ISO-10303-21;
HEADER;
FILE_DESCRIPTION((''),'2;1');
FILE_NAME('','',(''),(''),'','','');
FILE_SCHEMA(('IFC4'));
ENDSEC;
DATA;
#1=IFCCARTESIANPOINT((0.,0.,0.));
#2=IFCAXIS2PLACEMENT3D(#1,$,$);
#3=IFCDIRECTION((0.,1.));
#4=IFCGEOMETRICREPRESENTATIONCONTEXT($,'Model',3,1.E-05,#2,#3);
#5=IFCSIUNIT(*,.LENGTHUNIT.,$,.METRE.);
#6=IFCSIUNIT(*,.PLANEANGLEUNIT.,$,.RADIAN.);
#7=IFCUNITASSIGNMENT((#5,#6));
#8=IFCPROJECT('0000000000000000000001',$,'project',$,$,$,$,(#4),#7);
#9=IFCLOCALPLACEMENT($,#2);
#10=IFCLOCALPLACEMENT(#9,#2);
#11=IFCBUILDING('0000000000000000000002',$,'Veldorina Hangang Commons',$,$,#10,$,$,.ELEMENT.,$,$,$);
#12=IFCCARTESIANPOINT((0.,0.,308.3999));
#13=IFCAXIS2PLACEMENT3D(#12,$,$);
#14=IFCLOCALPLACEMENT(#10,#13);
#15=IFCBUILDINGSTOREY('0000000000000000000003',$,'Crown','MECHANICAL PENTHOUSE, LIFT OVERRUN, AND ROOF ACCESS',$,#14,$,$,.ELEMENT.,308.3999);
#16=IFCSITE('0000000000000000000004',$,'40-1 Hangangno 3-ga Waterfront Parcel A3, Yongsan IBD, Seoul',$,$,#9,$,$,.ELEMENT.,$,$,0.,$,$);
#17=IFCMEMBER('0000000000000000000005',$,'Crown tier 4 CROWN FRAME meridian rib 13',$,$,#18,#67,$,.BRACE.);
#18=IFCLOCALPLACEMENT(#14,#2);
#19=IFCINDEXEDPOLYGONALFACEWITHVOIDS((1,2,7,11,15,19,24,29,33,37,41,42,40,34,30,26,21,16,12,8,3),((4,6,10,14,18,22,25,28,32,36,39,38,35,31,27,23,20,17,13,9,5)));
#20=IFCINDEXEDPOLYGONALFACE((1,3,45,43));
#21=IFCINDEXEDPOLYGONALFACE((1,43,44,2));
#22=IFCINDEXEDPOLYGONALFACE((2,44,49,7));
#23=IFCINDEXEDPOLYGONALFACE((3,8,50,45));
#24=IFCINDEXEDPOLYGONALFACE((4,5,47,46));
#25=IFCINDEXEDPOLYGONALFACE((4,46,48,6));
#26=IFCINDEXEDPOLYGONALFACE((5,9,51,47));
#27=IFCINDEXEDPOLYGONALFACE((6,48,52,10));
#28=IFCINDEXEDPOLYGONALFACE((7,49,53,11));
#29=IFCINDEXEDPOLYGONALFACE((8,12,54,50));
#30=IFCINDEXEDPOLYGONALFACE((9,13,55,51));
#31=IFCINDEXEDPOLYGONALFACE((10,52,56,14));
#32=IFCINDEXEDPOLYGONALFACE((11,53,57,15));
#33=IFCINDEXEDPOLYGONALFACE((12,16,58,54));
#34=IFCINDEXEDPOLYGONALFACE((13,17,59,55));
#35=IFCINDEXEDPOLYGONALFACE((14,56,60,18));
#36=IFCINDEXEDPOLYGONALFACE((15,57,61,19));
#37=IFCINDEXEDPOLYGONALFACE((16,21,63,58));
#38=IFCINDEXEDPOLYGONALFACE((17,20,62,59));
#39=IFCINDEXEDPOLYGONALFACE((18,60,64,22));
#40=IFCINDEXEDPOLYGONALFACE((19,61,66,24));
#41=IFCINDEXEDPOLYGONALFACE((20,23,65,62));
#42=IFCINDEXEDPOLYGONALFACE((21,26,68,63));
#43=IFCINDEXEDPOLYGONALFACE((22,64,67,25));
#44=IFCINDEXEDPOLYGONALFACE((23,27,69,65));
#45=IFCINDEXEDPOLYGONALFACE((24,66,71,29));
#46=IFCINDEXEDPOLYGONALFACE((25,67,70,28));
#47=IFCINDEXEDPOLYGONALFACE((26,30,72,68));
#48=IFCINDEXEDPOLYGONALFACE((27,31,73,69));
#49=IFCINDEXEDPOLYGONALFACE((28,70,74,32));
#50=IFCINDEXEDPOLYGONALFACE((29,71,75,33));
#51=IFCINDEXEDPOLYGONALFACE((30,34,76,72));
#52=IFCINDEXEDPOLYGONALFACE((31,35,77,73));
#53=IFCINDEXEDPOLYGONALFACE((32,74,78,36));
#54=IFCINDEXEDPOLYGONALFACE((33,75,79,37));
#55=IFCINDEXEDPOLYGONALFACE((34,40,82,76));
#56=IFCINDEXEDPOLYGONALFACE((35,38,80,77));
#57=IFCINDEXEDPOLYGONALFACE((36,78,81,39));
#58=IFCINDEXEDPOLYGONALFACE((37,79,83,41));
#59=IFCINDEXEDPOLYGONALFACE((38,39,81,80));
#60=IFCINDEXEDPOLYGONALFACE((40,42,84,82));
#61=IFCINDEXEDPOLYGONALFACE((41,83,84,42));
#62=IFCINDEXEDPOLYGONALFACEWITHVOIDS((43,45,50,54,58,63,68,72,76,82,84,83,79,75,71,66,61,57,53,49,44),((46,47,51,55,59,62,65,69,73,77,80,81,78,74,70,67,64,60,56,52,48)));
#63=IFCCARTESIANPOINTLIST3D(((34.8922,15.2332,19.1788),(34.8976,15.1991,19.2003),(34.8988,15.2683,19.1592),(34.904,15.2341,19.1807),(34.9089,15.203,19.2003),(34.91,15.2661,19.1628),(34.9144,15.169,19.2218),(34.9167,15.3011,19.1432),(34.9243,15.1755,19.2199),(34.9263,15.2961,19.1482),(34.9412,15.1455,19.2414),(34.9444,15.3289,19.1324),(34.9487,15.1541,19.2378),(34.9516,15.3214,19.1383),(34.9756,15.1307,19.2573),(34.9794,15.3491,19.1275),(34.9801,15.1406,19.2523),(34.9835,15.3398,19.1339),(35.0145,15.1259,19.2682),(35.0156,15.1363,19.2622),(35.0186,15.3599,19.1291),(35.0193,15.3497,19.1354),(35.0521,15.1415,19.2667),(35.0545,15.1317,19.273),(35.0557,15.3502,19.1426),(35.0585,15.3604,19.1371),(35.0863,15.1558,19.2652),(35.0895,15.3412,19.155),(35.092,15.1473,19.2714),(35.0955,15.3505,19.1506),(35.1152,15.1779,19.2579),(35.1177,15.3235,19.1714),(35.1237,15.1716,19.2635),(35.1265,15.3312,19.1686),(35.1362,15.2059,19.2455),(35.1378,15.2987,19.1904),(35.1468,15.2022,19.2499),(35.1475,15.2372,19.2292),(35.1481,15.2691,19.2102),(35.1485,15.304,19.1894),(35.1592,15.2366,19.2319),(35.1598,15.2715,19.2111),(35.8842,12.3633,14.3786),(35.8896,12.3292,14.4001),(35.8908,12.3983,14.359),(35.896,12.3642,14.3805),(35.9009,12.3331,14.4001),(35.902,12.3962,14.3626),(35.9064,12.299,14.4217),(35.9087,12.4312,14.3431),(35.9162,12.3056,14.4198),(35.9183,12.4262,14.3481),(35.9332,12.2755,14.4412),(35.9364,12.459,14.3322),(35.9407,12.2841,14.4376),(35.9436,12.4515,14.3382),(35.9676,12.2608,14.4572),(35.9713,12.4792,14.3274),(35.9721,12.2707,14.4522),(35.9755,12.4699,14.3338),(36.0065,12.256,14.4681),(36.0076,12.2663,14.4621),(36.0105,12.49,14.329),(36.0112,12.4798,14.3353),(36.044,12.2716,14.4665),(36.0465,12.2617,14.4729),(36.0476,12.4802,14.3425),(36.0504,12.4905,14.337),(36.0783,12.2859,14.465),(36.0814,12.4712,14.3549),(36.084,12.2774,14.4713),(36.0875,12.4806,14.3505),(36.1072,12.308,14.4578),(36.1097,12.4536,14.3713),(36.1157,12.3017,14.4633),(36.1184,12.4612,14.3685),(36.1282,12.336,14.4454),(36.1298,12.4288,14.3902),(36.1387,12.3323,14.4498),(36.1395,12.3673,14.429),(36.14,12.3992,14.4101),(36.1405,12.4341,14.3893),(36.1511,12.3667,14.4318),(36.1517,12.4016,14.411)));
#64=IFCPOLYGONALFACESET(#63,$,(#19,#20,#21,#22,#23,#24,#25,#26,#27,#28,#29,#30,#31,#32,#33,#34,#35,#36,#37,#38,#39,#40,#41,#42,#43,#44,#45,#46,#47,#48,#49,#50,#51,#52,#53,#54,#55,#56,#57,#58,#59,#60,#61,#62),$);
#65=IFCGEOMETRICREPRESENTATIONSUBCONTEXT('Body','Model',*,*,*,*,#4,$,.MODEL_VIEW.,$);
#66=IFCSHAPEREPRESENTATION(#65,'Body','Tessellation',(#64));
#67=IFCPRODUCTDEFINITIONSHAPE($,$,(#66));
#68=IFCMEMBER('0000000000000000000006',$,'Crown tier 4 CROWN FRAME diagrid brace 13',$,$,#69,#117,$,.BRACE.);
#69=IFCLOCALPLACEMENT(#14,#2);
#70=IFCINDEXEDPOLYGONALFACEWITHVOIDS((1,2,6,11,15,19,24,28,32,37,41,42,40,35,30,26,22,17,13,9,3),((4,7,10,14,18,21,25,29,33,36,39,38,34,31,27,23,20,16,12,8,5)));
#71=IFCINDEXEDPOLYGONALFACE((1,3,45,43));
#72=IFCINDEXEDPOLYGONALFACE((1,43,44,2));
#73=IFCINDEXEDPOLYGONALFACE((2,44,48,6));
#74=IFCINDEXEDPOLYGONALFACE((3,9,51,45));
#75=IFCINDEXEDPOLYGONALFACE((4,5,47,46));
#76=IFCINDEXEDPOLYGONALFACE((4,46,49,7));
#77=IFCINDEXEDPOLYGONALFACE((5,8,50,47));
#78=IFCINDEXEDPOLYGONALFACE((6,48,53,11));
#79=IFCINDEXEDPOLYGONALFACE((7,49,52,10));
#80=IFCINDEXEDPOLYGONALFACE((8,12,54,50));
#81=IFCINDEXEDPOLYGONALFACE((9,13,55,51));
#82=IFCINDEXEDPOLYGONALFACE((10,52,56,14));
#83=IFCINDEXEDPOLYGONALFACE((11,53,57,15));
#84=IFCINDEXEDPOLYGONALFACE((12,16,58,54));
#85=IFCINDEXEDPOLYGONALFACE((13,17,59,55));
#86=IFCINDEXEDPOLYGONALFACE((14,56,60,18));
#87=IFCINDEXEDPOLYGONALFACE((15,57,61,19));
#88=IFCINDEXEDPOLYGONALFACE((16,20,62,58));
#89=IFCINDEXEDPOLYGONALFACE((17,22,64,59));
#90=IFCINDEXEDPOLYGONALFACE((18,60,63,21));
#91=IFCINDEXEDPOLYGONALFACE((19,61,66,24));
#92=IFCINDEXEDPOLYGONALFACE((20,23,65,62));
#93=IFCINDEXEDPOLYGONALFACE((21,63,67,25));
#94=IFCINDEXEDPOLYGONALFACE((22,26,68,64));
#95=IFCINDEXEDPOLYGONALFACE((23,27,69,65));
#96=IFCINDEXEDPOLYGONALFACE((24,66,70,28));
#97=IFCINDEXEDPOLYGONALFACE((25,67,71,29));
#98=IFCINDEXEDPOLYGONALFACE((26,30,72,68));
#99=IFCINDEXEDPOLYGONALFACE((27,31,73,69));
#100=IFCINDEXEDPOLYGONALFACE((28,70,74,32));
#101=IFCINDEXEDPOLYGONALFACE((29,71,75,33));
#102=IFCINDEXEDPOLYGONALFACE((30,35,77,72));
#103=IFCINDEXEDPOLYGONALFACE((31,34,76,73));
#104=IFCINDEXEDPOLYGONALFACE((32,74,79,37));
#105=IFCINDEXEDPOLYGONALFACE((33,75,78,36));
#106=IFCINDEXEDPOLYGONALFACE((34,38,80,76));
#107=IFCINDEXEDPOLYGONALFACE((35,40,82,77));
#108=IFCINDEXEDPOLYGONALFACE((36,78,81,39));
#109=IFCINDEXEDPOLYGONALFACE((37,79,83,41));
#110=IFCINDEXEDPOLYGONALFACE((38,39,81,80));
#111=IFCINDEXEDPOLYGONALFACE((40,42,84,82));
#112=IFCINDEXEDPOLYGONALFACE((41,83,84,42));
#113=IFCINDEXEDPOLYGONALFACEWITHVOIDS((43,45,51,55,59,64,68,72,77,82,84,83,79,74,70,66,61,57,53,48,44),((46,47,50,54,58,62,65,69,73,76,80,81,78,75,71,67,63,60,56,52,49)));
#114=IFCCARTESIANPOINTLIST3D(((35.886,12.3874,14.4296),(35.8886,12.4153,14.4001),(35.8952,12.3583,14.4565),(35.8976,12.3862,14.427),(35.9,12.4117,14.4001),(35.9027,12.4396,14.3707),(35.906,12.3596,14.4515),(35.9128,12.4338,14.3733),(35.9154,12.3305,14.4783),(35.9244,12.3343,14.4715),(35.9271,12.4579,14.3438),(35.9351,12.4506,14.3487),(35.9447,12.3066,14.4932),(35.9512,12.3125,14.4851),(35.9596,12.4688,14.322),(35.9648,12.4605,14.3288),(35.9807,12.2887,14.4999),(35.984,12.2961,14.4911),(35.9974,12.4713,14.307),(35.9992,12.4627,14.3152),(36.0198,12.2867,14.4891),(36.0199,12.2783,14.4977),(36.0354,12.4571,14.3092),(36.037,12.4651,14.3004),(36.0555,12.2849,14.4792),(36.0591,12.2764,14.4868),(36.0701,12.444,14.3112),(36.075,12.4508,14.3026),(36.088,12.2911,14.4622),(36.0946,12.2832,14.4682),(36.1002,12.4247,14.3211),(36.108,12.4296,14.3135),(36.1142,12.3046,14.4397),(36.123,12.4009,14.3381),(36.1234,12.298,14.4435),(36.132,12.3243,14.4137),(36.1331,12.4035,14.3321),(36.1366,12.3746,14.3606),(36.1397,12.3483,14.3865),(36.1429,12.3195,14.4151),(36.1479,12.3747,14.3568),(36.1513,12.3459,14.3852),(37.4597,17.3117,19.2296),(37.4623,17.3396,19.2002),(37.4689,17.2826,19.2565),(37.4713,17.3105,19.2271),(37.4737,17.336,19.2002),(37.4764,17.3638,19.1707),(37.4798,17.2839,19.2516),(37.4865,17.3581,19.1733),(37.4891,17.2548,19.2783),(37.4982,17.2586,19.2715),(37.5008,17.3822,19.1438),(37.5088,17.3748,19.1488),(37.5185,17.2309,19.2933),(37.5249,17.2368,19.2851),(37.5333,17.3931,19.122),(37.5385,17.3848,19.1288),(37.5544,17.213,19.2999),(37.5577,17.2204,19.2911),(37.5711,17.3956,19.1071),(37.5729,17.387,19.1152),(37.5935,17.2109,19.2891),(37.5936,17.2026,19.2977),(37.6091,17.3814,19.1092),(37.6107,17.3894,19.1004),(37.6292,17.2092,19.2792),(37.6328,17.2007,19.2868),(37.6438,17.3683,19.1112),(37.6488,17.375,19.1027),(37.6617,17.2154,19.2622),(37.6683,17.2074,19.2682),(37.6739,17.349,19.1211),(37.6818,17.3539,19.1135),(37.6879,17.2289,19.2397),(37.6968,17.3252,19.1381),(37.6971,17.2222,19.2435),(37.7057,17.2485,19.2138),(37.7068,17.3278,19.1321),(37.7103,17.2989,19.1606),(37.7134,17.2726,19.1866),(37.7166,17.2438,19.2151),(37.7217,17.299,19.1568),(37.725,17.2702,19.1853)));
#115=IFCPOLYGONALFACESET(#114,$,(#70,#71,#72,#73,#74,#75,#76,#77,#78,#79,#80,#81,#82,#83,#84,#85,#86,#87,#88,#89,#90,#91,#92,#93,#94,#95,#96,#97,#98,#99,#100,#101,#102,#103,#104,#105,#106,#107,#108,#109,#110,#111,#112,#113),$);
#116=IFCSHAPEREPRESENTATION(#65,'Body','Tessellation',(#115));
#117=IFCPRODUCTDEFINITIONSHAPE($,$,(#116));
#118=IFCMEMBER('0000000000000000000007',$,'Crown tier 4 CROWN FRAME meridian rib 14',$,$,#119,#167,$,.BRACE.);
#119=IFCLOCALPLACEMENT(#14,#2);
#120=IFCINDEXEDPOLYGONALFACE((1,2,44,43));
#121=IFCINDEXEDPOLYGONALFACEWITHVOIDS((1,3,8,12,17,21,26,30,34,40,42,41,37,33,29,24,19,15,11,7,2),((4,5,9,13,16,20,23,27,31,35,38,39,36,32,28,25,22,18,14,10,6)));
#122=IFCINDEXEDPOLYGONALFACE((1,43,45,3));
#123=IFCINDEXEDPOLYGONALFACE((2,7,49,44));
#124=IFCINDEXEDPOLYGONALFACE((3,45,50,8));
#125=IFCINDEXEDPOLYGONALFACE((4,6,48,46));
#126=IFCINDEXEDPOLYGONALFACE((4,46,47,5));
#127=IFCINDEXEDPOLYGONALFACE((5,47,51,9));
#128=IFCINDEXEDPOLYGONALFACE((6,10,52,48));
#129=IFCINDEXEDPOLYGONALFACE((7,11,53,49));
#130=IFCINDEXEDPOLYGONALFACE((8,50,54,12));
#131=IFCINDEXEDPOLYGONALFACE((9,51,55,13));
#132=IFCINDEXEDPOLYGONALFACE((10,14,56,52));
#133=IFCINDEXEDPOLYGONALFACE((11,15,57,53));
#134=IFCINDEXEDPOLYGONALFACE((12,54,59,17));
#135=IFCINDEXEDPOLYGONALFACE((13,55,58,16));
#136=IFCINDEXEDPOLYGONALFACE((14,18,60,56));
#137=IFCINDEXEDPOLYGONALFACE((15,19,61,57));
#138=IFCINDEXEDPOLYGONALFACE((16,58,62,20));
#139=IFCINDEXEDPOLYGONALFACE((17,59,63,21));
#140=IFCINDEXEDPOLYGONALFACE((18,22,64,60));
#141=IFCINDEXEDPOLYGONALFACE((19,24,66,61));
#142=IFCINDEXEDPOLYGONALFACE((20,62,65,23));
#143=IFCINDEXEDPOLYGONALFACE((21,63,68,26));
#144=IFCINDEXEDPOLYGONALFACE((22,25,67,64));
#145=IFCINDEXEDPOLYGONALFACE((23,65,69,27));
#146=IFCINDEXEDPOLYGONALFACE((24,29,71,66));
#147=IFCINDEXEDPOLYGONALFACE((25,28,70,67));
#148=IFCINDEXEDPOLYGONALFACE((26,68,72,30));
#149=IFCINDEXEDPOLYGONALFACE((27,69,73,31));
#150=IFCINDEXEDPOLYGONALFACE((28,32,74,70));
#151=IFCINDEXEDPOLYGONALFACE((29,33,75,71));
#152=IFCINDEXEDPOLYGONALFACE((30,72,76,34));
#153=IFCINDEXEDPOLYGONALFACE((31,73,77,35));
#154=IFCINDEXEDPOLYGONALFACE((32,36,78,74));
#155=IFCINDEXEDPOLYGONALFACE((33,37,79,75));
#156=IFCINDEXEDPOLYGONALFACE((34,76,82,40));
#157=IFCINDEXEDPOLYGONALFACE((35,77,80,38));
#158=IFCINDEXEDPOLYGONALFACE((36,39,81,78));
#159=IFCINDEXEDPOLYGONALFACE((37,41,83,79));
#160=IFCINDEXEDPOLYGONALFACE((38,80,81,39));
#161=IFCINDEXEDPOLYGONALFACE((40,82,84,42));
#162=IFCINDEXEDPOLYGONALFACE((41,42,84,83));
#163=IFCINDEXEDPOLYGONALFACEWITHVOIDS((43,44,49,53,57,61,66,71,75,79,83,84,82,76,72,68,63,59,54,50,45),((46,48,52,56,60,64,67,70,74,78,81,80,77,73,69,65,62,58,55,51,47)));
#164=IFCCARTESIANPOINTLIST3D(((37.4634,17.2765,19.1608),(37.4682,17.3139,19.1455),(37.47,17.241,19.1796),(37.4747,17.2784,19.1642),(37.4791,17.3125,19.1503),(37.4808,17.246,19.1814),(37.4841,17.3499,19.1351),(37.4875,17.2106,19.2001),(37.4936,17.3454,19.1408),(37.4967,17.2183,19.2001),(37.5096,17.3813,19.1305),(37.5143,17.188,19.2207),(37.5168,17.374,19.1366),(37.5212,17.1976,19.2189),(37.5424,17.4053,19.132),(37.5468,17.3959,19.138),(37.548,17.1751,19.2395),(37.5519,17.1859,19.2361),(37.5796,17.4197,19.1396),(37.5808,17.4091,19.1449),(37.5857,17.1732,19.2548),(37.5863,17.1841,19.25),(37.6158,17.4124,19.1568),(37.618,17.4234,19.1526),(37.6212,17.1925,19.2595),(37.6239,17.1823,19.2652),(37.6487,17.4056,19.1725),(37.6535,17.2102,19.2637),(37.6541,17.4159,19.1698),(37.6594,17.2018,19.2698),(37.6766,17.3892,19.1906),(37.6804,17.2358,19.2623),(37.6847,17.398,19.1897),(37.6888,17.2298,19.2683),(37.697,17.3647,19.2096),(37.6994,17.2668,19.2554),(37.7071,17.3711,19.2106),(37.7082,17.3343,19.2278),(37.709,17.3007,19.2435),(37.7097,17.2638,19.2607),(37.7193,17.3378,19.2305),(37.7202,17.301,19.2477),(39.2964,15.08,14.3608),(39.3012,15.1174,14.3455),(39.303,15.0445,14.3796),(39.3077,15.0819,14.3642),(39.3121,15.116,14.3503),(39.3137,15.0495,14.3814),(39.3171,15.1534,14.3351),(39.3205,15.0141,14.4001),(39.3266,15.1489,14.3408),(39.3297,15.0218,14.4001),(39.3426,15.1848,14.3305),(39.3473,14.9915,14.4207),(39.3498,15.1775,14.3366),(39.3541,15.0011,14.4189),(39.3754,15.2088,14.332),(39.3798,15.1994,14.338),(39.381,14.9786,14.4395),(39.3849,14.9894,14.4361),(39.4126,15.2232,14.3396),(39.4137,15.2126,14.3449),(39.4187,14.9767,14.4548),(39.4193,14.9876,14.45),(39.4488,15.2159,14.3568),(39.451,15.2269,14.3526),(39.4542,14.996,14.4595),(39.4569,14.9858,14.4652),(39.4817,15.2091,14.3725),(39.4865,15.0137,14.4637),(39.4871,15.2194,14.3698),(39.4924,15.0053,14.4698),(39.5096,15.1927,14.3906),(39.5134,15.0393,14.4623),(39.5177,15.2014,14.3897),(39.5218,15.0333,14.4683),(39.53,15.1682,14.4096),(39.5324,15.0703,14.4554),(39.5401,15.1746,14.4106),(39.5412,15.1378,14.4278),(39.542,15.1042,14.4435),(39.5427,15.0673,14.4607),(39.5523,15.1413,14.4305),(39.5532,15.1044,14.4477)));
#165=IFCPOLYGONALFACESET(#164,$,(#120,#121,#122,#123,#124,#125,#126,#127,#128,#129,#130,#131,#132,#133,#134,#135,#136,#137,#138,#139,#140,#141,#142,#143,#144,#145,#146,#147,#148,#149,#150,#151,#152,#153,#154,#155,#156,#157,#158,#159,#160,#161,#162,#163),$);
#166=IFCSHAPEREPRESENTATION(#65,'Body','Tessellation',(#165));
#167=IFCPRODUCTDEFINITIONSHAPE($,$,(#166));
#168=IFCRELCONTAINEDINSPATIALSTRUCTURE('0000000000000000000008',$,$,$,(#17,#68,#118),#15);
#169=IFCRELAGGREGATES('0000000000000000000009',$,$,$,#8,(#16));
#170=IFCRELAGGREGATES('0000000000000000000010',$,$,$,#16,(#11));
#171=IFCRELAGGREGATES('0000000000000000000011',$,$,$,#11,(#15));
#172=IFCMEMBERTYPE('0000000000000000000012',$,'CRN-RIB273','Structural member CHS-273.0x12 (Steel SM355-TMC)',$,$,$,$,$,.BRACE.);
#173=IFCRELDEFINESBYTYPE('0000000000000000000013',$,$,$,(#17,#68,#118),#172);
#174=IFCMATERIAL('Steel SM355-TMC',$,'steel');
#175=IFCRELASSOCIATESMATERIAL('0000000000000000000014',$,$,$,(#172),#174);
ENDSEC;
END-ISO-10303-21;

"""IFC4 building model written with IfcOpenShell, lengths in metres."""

from ifc_helpers import new_model, si_unit, direction, frame, origin, origin_2d, place, context, subcontext, project, spatial, hollow_circle, extrude, material, material_profile, profile_set, type_object, element, save


model = new_model("IFC4")

# Units and contexts
model_context = context("Model", 3, precision=1e-05, world=origin(), true_north=direction((0.0, 1.0)))
body_context = subcontext(model_context, "Body", "Model", "MODEL_VIEW")
ifc_project = project(units=[si_unit("LENGTHUNIT", "METRE"), si_unit("PLANEANGLEUNIT", "RADIAN")], contexts=[model_context])

# Site, building, storey
site_placement = place(None, origin())
site = spatial("IfcSite", under=ifc_project, at=site_placement, Name="40-1 Hangangno 3-ga Waterfront Parcel A3, Yongsan IBD, Seoul", CompositionType="ELEMENT", RefElevation=0.0)
building_placement = place(site_placement, origin())
building = spatial("IfcBuilding", under=site, at=building_placement, Name="Veldorina Hangang Commons", CompositionType="ELEMENT")
storey_placement = place(building_placement, frame((0.0, 0.0, 308.3999)))
storey = spatial("IfcBuildingStorey", under=building, at=storey_placement, Name="Crown", Description="MECHANICAL PENTHOUSE, LIFT OVERRUN, AND ROOF ACCESS", CompositionType="ELEMENT", Elevation=308.3999)

# Members
ifc_material_1 = material(Name="Steel SM355-TMC", Category="steel")
ifc_material_profile_1 = material_profile(ifc_material_1, hollow_circle(Radius=0.1365, WallThickness=0.012, at=origin_2d()), Name="CHS-273.0x12")
ifc_profile_set_1 = profile_set([ifc_material_profile_1], Name="Steel SM355-TMC")
member_type_1 = type_object("IfcMemberType", Name="CRN-RIB273", Description="Structural member CHS-273.0x12 (Steel SM355-TMC)", PredefinedType="BRACE", material=ifc_profile_set_1)
member_1_placement = place(storey_placement, frame((36.0186, 12.3738, 14.4001), z_axis=(-0.174643, 0.505273, 0.845103), x_axis=(-0.945136, -0.326677, 0.0)))
element("IfcMember", 1, at=member_1_placement, inside=storey, type_object=member_type_1, Name="Crown tier 4 CROWN FRAME meridian rib 13", PredefinedType="BRACE", context=body_context, shape_type="SweptSolid", body=[
    extrude(hollow_circle(Radius=0.1365, WallThickness=0.012, at=origin_2d()), origin(), (0.0, 0.0, 1.0), 5.6799),
])
member_2_placement = place(storey_placement, frame((36.0186, 12.3738, 14.4001), z_axis=(0.223082, 0.698039, 0.680424), x_axis=(-0.952539, 0.304416, 0.0)))
element("IfcMember", 2, at=member_2_placement, inside=storey, type_object=member_type_1, Name="Crown tier 4 CROWN FRAME diagrid brace 13", PredefinedType="BRACE", context=body_context, shape_type="SweptSolid", body=[
    extrude(hollow_circle(Radius=0.1365, WallThickness=0.012, at=origin_2d()), origin(), (0.0, 0.0, 1.0), 7.0544),
])
member_3_placement = place(storey_placement, frame((39.4253, 15.1016, 14.4001), z_axis=(-0.328029, 0.393084, 0.859001), x_axis=(-0.76778, -0.640713, 0.0)))
element("IfcMember", 3, at=member_3_placement, inside=storey, type_object=member_type_1, Name="Crown tier 4 CROWN FRAME meridian rib 14", PredefinedType="BRACE", context=body_context, shape_type="SweptSolid", body=[
    extrude(hollow_circle(Radius=0.1365, WallThickness=0.012, at=origin_2d()), origin(), (0.0, 0.0, 1.0), 5.5879),
])

save(model, "model.ifc")
